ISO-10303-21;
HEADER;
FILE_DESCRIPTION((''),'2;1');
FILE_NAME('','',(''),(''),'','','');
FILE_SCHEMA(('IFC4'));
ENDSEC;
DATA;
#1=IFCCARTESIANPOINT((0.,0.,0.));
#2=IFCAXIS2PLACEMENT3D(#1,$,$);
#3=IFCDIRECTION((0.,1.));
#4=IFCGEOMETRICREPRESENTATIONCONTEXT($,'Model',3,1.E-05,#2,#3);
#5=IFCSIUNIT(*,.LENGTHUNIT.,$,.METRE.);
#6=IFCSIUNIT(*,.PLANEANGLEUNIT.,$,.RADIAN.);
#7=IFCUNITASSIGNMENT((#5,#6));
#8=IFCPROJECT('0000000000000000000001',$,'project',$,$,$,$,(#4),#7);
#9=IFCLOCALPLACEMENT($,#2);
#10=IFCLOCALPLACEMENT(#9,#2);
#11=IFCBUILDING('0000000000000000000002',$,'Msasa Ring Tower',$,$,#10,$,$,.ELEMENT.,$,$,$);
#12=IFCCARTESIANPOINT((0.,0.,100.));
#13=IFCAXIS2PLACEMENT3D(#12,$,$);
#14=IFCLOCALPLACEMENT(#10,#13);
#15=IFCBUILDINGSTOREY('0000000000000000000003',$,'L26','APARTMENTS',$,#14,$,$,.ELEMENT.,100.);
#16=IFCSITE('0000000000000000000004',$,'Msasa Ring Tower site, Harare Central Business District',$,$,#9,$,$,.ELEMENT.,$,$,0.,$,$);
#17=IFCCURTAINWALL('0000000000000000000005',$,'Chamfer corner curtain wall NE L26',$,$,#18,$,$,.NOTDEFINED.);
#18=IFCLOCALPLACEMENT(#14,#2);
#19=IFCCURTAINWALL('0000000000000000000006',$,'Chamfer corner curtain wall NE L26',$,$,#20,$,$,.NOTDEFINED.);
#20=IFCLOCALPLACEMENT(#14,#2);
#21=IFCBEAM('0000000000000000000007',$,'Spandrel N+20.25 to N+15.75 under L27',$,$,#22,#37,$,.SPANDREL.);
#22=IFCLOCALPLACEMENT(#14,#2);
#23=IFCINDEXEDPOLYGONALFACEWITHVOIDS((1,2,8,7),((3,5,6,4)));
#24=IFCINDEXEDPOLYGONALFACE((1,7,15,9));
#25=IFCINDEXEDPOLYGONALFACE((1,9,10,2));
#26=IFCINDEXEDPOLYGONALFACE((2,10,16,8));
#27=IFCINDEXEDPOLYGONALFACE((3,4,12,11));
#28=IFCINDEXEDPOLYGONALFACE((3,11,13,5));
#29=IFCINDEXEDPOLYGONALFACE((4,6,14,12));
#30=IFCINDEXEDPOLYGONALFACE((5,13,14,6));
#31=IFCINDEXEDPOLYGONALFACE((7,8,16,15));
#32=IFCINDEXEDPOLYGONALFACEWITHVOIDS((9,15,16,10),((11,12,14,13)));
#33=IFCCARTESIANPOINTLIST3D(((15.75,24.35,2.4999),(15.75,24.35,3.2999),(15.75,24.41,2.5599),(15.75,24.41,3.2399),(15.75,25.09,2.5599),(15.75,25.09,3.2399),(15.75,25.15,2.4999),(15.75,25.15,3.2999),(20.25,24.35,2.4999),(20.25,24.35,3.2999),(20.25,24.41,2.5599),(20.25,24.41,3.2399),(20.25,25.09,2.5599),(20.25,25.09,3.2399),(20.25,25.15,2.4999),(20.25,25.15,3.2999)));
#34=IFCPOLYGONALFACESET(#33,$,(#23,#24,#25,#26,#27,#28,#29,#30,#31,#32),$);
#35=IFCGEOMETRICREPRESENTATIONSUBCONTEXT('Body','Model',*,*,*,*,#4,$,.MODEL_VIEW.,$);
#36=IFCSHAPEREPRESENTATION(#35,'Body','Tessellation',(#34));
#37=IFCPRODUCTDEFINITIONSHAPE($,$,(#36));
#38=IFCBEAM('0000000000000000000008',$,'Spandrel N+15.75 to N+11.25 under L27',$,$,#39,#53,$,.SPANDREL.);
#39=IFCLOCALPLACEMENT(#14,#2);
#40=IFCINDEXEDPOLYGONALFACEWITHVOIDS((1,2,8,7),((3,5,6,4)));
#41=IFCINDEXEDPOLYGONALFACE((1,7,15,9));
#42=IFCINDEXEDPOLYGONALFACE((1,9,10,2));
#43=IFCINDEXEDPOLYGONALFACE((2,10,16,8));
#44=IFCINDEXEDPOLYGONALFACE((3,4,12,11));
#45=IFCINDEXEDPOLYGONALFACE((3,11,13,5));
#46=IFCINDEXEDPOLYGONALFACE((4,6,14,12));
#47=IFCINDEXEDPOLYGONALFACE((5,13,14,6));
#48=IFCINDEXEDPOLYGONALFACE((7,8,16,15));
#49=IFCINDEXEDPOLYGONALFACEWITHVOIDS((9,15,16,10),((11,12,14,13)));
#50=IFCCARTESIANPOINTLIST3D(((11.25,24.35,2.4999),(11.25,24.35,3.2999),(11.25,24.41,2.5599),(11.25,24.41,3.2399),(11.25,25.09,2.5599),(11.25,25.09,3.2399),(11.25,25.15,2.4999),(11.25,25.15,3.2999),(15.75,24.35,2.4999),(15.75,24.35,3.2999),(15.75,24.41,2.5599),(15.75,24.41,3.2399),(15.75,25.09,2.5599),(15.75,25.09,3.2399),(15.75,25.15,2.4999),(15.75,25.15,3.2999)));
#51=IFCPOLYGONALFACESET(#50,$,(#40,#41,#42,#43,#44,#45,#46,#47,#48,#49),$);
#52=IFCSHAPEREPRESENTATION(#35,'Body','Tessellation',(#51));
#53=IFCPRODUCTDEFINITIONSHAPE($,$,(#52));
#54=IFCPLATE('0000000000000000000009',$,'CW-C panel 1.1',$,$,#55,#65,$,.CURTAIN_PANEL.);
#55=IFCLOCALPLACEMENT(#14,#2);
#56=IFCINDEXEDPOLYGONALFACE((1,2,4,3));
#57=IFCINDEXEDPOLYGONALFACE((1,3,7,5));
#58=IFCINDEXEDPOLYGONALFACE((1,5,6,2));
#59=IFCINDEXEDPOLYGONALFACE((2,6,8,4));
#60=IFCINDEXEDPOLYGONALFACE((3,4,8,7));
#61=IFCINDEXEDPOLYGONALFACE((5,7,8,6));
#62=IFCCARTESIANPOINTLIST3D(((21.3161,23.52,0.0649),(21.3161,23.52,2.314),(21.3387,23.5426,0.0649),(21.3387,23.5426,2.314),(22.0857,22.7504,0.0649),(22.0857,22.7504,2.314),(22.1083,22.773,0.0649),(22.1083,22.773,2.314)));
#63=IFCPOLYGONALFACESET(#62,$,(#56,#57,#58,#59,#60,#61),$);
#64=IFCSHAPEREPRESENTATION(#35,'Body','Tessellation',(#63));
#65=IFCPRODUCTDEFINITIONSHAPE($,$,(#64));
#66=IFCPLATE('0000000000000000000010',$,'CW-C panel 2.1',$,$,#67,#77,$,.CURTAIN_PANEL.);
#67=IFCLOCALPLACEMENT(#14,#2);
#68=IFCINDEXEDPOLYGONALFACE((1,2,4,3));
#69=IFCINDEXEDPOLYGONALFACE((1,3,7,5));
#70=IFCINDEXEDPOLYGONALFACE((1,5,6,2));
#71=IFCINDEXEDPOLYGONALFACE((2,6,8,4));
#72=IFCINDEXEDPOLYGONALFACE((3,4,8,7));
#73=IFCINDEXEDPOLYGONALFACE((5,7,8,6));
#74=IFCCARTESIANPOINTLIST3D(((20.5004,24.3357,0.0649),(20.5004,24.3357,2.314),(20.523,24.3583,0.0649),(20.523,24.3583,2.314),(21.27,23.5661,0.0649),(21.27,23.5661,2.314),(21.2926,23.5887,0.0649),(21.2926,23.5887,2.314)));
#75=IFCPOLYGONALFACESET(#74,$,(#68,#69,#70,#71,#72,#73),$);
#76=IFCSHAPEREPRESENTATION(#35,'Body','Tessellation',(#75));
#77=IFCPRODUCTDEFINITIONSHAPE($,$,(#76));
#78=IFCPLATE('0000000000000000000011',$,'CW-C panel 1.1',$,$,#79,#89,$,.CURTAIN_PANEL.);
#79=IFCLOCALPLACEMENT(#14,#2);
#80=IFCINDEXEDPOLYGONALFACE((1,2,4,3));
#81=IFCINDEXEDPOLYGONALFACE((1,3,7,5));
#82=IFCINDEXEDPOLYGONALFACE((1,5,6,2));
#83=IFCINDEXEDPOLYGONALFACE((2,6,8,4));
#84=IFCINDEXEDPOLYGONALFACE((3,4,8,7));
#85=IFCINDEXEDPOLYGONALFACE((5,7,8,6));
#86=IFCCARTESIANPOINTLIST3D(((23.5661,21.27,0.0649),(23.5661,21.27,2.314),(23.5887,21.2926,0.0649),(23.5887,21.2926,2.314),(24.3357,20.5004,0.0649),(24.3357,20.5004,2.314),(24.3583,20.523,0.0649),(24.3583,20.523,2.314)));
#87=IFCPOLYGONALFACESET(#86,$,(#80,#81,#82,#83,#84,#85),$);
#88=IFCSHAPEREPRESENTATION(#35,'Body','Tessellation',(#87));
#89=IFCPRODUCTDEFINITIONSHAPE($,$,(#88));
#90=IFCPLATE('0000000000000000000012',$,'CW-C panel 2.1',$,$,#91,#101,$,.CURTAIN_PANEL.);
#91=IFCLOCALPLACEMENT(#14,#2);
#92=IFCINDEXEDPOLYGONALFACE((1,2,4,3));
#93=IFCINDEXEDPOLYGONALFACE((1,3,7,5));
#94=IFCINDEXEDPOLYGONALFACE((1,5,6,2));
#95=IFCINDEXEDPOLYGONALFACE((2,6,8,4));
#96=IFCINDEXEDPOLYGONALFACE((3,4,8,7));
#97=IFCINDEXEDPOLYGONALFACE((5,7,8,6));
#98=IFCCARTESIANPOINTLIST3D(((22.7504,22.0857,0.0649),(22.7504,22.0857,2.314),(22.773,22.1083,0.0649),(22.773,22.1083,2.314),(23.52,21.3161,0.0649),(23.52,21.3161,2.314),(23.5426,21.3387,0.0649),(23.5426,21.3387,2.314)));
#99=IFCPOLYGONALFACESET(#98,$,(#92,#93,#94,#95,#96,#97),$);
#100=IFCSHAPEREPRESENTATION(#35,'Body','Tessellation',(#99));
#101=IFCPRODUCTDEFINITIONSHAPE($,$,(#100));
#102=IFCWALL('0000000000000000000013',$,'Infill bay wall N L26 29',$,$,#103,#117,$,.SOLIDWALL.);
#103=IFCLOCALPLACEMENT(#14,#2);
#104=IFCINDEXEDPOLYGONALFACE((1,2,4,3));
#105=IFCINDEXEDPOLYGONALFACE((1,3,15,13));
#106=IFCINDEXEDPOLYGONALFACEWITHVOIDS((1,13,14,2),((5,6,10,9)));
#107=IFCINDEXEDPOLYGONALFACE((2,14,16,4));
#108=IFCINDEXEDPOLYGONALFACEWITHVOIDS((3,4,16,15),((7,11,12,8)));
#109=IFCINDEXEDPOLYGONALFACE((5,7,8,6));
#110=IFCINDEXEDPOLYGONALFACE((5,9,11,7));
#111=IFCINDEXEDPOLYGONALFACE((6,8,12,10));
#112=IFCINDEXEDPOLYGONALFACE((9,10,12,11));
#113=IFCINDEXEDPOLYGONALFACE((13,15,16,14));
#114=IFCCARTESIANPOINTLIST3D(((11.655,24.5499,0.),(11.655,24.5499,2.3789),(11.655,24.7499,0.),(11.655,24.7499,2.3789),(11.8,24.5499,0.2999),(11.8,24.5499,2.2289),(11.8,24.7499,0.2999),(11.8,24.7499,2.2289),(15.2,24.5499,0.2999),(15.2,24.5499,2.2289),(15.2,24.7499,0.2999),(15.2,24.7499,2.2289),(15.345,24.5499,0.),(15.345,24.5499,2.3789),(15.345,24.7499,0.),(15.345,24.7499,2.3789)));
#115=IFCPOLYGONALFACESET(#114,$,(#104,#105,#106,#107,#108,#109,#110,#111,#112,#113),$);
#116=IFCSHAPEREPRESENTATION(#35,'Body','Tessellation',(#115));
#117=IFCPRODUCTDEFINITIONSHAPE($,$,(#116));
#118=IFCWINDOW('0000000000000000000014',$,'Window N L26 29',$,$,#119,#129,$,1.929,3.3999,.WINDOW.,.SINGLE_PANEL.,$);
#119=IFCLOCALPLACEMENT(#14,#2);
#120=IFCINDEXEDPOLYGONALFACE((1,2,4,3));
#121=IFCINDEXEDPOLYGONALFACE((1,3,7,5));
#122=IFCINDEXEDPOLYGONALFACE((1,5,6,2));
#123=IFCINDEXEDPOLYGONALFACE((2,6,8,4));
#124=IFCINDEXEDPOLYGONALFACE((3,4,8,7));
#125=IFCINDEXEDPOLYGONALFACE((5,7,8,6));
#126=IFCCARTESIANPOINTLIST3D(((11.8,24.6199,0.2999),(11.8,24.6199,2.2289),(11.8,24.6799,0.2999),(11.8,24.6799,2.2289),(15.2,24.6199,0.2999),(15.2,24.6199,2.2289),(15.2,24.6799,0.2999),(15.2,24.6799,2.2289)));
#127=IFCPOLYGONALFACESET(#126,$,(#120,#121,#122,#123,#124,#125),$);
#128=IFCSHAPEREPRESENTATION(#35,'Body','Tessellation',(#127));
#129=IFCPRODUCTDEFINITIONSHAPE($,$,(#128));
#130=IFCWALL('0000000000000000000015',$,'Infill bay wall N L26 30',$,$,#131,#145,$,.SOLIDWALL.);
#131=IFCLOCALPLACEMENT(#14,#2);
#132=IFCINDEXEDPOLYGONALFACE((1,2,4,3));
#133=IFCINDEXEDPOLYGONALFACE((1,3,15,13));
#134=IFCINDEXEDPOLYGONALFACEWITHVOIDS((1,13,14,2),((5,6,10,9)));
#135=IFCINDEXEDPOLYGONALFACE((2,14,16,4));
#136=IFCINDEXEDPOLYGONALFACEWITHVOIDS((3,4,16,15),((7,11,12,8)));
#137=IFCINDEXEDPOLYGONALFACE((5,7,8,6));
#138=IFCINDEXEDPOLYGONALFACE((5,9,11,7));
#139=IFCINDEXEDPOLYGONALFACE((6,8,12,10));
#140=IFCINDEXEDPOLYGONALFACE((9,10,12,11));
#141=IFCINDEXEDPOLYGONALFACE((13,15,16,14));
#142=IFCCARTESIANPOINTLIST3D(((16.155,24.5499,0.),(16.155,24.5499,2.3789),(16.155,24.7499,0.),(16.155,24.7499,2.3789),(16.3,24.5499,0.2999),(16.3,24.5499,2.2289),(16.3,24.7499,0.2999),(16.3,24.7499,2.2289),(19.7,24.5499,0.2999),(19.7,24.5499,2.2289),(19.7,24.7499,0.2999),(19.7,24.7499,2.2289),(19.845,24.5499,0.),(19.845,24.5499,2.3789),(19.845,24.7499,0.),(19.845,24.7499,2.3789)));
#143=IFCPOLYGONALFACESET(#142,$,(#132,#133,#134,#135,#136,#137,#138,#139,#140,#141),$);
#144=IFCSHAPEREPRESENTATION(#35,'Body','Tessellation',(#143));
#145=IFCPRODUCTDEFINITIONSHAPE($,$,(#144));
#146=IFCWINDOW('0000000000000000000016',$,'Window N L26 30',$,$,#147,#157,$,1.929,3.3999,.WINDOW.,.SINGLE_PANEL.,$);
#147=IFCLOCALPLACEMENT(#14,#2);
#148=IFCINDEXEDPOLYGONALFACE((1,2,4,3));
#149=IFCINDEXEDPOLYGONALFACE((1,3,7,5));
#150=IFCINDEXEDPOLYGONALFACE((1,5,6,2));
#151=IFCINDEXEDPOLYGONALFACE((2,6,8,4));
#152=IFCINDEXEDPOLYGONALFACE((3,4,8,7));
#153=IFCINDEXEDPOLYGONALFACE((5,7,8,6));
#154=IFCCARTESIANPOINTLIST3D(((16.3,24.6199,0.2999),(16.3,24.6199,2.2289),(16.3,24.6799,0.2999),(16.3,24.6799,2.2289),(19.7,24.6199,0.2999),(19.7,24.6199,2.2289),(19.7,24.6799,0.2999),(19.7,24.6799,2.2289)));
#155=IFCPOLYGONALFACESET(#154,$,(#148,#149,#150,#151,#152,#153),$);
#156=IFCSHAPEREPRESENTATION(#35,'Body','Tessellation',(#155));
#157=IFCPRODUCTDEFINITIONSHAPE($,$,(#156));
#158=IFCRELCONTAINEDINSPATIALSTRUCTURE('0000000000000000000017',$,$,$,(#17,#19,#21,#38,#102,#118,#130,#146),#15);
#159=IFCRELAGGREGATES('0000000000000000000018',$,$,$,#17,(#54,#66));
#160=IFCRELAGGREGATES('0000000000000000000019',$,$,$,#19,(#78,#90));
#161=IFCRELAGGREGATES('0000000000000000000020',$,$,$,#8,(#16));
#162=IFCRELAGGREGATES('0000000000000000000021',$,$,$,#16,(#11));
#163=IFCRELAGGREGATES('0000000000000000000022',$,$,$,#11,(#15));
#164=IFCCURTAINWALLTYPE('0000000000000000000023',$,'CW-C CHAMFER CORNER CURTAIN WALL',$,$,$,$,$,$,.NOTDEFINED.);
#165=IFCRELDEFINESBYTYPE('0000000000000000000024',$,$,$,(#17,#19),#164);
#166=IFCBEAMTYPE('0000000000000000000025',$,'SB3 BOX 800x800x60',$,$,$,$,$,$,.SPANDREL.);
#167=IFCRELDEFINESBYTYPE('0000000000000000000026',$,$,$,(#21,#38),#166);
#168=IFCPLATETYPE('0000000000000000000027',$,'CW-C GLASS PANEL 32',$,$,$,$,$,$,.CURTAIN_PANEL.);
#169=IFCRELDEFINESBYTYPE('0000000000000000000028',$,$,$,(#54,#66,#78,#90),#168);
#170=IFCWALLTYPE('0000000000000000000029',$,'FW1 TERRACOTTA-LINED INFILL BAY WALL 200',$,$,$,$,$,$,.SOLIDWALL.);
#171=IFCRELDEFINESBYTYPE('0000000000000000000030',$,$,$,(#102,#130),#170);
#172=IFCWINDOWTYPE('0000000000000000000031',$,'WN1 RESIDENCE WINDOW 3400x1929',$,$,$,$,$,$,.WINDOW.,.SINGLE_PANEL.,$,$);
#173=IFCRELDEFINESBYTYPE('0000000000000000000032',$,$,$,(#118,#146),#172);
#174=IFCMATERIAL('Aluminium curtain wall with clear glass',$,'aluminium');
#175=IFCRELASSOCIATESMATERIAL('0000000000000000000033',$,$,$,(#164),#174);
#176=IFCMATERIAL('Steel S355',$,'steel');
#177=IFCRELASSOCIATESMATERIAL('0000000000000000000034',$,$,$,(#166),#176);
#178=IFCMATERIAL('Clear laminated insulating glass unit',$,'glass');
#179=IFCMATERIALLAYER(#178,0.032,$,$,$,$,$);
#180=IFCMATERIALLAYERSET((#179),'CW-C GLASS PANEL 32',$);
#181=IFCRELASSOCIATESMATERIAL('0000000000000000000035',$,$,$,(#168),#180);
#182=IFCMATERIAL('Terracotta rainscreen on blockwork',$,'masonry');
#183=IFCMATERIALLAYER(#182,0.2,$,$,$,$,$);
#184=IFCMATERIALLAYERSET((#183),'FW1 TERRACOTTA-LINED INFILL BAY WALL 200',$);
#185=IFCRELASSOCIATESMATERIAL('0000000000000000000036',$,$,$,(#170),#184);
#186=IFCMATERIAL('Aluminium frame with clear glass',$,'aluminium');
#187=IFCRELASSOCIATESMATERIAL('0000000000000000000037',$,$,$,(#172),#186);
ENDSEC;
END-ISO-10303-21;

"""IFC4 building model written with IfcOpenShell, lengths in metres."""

from ifc_helpers import new_model, si_unit, direction, frame, frame_2d, origin, origin_2d, place, context, subcontext, project, spatial, rectangle, hollow_rectangle, extrude, material, layer, layer_set, material_profile, profile_set, type_object, element, fill, aggregate, save


model = new_model("IFC4")

# Units and contexts
model_context = context("Model", 3, precision=1e-05, world=origin(), true_north=direction((0.0, 1.0)))
body_context = subcontext(model_context, "Body", "Model", "MODEL_VIEW")
ifc_project = project(units=[si_unit("LENGTHUNIT", "METRE"), si_unit("PLANEANGLEUNIT", "RADIAN")], contexts=[model_context])

# Site, building, storey
site_placement = place(None, origin())
site = spatial("IfcSite", under=ifc_project, at=site_placement, Name="Msasa Ring Tower site, Harare Central Business District", CompositionType="ELEMENT", RefElevation=0.0)
building_placement = place(site_placement, origin())
building = spatial("IfcBuilding", under=site, at=building_placement, Name="Msasa Ring Tower", CompositionType="ELEMENT")
storey_placement = place(building_placement, frame((0.0, 0.0, 100.0)))
storey = spatial("IfcBuildingStorey", under=building, at=storey_placement, Name="L26", Description="APARTMENTS", CompositionType="ELEMENT", Elevation=100.0)

# Curtain walls
ifc_material_1 = material(Name="Aluminium curtain wall with clear glass", Category="aluminium")
curtain_wall_type = type_object("IfcCurtainWallType", Name="CW-C CHAMFER CORNER CURTAIN WALL", PredefinedType="NOTDEFINED", material=ifc_material_1)
curtain_wall_1_placement = place(storey_placement, origin())
curtain_wall_1 = element("IfcCurtainWall", 1, at=curtain_wall_1_placement, inside=storey, type_object=curtain_wall_type, Name="Chamfer corner curtain wall NE L26", PredefinedType="NOTDEFINED")
curtain_wall_2_placement = place(storey_placement, origin())
curtain_wall_2 = element("IfcCurtainWall", 2, at=curtain_wall_2_placement, inside=storey, type_object=curtain_wall_type, Name="Chamfer corner curtain wall NE L26", PredefinedType="NOTDEFINED")

# Beams
ifc_material_2 = material(Name="Steel S355", Category="steel")
ifc_material_profile_1 = material_profile(ifc_material_2, hollow_rectangle(XDim=0.8, YDim=0.8, WallThickness=0.0601, at=origin_2d()), Name="BOX 800x800x60")
ifc_profile_set_1 = profile_set([ifc_material_profile_1], Name="Steel S355")
beam_type_1 = type_object("IfcBeamType", Name="SB3 BOX 800x800x60", PredefinedType="SPANDREL", material=ifc_profile_set_1)
for number, where, z_axis, x_axis, name in (
    (3, (20.25, 24.75, 2.8999), (-1.0, 0.0, 0.0), (0.0, -1.0, 0.0), "Spandrel N+20.25 to N+15.75 under L27"),
    (4, (15.75, 24.75, 2.8999), (-1.0, 0.0, 0.0), (0.0, -1.0, 0.0), "Spandrel N+15.75 to N+11.25 under L27"),
):
    element("IfcBeam", number, at=place(storey_placement, frame(where, z_axis=z_axis, x_axis=x_axis)), inside=storey, type_object=beam_type_1, Name=name, PredefinedType="SPANDREL", context=body_context, shape_type="SweptSolid", body=[
        extrude(hollow_rectangle(XDim=0.8, YDim=0.8, WallThickness=0.0601, at=origin_2d()), origin(), (0.0, 0.0, 1.0), 4.5),
    ])

# Plates
ifc_material_3 = material(Name="Clear laminated insulating glass unit", Category="glass")
ifc_layer_1 = layer(ifc_material_3, 0.032)
ifc_layer_set_1 = layer_set([ifc_layer_1], Name="CW-C GLASS PANEL 32")
plate_type = type_object("IfcPlateType", Name="CW-C GLASS PANEL 32", PredefinedType="CURTAIN_PANEL", material=ifc_layer_set_1)
plate_1_placement = place(storey_placement, frame((21.7122, 23.1465, 0.0649), z_axis=(0.0, 0.0, 1.0), x_axis=(-0.707107, 0.707107, 0.0)))
plate_1 = element("IfcPlate", 5, at=plate_1_placement, type_object=plate_type, Name="CW-C panel 1.1", PredefinedType="CURTAIN_PANEL", context=body_context, shape_type="SweptSolid", body=[
    extrude(rectangle(XDim=1.0884, YDim=0.032, at=origin_2d()), origin(), (0.0, 0.0, 1.0), 2.249),
])
plate_2_placement = place(storey_placement, frame((20.8965, 23.9622, 0.0649), z_axis=(0.0, 0.0, 1.0), x_axis=(-0.707107, 0.707107, 0.0)))
plate_2 = element("IfcPlate", 6, at=plate_2_placement, type_object=plate_type, Name="CW-C panel 2.1", PredefinedType="CURTAIN_PANEL", context=body_context, shape_type="SweptSolid", body=[
    extrude(rectangle(XDim=1.0884, YDim=0.032, at=origin_2d()), origin(), (0.0, 0.0, 1.0), 2.249),
])
aggregate(curtain_wall_1, [plate_1, plate_2])
plate_3_placement = place(storey_placement, frame((23.9622, 20.8965, 0.0649), z_axis=(0.0, 0.0, 1.0), x_axis=(-0.707107, 0.707107, 0.0)))
plate_3 = element("IfcPlate", 7, at=plate_3_placement, type_object=plate_type, Name="CW-C panel 1.1", PredefinedType="CURTAIN_PANEL", context=body_context, shape_type="SweptSolid", body=[
    extrude(rectangle(XDim=1.0884, YDim=0.032, at=origin_2d()), origin(), (0.0, 0.0, 1.0), 2.249),
])
plate_4_placement = place(storey_placement, frame((23.1465, 21.7122, 0.0649), z_axis=(0.0, 0.0, 1.0), x_axis=(-0.707107, 0.707107, 0.0)))
plate_4 = element("IfcPlate", 8, at=plate_4_placement, type_object=plate_type, Name="CW-C panel 2.1", PredefinedType="CURTAIN_PANEL", context=body_context, shape_type="SweptSolid", body=[
    extrude(rectangle(XDim=1.0884, YDim=0.032, at=origin_2d()), origin(), (0.0, 0.0, 1.0), 2.249),
])
aggregate(curtain_wall_2, [plate_3, plate_4])

# Walls, openings, windows
ifc_material_4 = material(Name="Terracotta rainscreen on blockwork", Category="masonry")
ifc_layer_2 = layer(ifc_material_4, 0.2)
ifc_layer_set_2 = layer_set([ifc_layer_2], Name="FW1 TERRACOTTA-LINED INFILL BAY WALL 200")
wall_type_1 = type_object("IfcWallType", Name="FW1 TERRACOTTA-LINED INFILL BAY WALL 200", PredefinedType="SOLIDWALL", material=ifc_layer_set_2)
wall_1_placement = place(storey_placement, frame((11.655, 24.6499, 0.0), z_axis=(0.0, 0.0, 1.0), x_axis=(1.0, 0.0, 0.0)))
wall_1 = element("IfcWall", 9, at=wall_1_placement, inside=storey, type_object=wall_type_1, Name="Infill bay wall N L26 29", PredefinedType="SOLIDWALL", context=body_context, shape_type="SweptSolid", body=[
    extrude(rectangle(XDim=3.6899, YDim=0.2, at=frame_2d((1.845, 0.0))), origin(), (0.0, 0.0, 1.0), 2.3789),
])
opening_1_placement = place(wall_1_placement, frame((0.145, 0.0, 0.3)))
opening_1 = element("IfcOpeningElement", 10, at=opening_1_placement, cuts=wall_1, PredefinedType="OPENING", context=body_context, shape_type="SweptSolid", body=[
    extrude(rectangle(XDim=3.3999, YDim=1.929, at=frame_2d((1.7, 0.9644))), frame((0.0, 0.1099, 0.0), z_axis=(0.0, -1.0, 0.0), x_axis=(1.0, 0.0, 0.0)), (0.0, 0.0, 1.0), 0.22),
])
ifc_material_5 = material(Name="Aluminium frame with clear glass", Category="aluminium")
window_type = type_object("IfcWindowType", Name="WN1 RESIDENCE WINDOW 3400x1929", PartitioningType="SINGLE_PANEL", PredefinedType="WINDOW", material=ifc_material_5)
window_1_placement = place(opening_1_placement, origin())
window_1 = element("IfcWindow", 11, at=window_1_placement, inside=storey, type_object=window_type, Name="Window N L26 29", OverallHeight=1.929, OverallWidth=3.3999, PartitioningType="SINGLE_PANEL", PredefinedType="WINDOW", context=body_context, shape_type="SweptSolid", body=[
    extrude(rectangle(XDim=3.3999, YDim=1.929, at=frame_2d((1.7, 0.9644))), frame((0.0, 0.03, 0.0), z_axis=(0.0, -1.0, 0.0), x_axis=(1.0, 0.0, 0.0)), (0.0, 0.0, 1.0), 0.0601),
])
fill(opening_1, window_1)
wall_2_placement = place(storey_placement, frame((16.155, 24.6499, 0.0), z_axis=(0.0, 0.0, 1.0), x_axis=(1.0, 0.0, 0.0)))
wall_2 = element("IfcWall", 12, at=wall_2_placement, inside=storey, type_object=wall_type_1, Name="Infill bay wall N L26 30", PredefinedType="SOLIDWALL", context=body_context, shape_type="SweptSolid", body=[
    extrude(rectangle(XDim=3.6899, YDim=0.2, at=frame_2d((1.845, 0.0))), origin(), (0.0, 0.0, 1.0), 2.3789),
])
opening_2_placement = place(wall_2_placement, frame((0.145, 0.0, 0.3)))
opening_2 = element("IfcOpeningElement", 13, at=opening_2_placement, cuts=wall_2, PredefinedType="OPENING", context=body_context, shape_type="SweptSolid", body=[
    extrude(rectangle(XDim=3.3999, YDim=1.929, at=frame_2d((1.7, 0.9644))), frame((0.0, 0.1099, 0.0), z_axis=(0.0, -1.0, 0.0), x_axis=(1.0, 0.0, 0.0)), (0.0, 0.0, 1.0), 0.22),
])
window_2_placement = place(opening_2_placement, origin())
window_2 = element("IfcWindow", 14, at=window_2_placement, inside=storey, type_object=window_type, Name="Window N L26 30", OverallHeight=1.929, OverallWidth=3.3999, PartitioningType="SINGLE_PANEL", PredefinedType="WINDOW", context=body_context, shape_type="SweptSolid", body=[
    extrude(rectangle(XDim=3.3999, YDim=1.929, at=frame_2d((1.7, 0.9644))), frame((0.0, 0.03, 0.0), z_axis=(0.0, -1.0, 0.0), x_axis=(1.0, 0.0, 0.0)), (0.0, 0.0, 1.0), 0.0601),
])
fill(opening_2, window_2)

save(model, "model.ifc")
